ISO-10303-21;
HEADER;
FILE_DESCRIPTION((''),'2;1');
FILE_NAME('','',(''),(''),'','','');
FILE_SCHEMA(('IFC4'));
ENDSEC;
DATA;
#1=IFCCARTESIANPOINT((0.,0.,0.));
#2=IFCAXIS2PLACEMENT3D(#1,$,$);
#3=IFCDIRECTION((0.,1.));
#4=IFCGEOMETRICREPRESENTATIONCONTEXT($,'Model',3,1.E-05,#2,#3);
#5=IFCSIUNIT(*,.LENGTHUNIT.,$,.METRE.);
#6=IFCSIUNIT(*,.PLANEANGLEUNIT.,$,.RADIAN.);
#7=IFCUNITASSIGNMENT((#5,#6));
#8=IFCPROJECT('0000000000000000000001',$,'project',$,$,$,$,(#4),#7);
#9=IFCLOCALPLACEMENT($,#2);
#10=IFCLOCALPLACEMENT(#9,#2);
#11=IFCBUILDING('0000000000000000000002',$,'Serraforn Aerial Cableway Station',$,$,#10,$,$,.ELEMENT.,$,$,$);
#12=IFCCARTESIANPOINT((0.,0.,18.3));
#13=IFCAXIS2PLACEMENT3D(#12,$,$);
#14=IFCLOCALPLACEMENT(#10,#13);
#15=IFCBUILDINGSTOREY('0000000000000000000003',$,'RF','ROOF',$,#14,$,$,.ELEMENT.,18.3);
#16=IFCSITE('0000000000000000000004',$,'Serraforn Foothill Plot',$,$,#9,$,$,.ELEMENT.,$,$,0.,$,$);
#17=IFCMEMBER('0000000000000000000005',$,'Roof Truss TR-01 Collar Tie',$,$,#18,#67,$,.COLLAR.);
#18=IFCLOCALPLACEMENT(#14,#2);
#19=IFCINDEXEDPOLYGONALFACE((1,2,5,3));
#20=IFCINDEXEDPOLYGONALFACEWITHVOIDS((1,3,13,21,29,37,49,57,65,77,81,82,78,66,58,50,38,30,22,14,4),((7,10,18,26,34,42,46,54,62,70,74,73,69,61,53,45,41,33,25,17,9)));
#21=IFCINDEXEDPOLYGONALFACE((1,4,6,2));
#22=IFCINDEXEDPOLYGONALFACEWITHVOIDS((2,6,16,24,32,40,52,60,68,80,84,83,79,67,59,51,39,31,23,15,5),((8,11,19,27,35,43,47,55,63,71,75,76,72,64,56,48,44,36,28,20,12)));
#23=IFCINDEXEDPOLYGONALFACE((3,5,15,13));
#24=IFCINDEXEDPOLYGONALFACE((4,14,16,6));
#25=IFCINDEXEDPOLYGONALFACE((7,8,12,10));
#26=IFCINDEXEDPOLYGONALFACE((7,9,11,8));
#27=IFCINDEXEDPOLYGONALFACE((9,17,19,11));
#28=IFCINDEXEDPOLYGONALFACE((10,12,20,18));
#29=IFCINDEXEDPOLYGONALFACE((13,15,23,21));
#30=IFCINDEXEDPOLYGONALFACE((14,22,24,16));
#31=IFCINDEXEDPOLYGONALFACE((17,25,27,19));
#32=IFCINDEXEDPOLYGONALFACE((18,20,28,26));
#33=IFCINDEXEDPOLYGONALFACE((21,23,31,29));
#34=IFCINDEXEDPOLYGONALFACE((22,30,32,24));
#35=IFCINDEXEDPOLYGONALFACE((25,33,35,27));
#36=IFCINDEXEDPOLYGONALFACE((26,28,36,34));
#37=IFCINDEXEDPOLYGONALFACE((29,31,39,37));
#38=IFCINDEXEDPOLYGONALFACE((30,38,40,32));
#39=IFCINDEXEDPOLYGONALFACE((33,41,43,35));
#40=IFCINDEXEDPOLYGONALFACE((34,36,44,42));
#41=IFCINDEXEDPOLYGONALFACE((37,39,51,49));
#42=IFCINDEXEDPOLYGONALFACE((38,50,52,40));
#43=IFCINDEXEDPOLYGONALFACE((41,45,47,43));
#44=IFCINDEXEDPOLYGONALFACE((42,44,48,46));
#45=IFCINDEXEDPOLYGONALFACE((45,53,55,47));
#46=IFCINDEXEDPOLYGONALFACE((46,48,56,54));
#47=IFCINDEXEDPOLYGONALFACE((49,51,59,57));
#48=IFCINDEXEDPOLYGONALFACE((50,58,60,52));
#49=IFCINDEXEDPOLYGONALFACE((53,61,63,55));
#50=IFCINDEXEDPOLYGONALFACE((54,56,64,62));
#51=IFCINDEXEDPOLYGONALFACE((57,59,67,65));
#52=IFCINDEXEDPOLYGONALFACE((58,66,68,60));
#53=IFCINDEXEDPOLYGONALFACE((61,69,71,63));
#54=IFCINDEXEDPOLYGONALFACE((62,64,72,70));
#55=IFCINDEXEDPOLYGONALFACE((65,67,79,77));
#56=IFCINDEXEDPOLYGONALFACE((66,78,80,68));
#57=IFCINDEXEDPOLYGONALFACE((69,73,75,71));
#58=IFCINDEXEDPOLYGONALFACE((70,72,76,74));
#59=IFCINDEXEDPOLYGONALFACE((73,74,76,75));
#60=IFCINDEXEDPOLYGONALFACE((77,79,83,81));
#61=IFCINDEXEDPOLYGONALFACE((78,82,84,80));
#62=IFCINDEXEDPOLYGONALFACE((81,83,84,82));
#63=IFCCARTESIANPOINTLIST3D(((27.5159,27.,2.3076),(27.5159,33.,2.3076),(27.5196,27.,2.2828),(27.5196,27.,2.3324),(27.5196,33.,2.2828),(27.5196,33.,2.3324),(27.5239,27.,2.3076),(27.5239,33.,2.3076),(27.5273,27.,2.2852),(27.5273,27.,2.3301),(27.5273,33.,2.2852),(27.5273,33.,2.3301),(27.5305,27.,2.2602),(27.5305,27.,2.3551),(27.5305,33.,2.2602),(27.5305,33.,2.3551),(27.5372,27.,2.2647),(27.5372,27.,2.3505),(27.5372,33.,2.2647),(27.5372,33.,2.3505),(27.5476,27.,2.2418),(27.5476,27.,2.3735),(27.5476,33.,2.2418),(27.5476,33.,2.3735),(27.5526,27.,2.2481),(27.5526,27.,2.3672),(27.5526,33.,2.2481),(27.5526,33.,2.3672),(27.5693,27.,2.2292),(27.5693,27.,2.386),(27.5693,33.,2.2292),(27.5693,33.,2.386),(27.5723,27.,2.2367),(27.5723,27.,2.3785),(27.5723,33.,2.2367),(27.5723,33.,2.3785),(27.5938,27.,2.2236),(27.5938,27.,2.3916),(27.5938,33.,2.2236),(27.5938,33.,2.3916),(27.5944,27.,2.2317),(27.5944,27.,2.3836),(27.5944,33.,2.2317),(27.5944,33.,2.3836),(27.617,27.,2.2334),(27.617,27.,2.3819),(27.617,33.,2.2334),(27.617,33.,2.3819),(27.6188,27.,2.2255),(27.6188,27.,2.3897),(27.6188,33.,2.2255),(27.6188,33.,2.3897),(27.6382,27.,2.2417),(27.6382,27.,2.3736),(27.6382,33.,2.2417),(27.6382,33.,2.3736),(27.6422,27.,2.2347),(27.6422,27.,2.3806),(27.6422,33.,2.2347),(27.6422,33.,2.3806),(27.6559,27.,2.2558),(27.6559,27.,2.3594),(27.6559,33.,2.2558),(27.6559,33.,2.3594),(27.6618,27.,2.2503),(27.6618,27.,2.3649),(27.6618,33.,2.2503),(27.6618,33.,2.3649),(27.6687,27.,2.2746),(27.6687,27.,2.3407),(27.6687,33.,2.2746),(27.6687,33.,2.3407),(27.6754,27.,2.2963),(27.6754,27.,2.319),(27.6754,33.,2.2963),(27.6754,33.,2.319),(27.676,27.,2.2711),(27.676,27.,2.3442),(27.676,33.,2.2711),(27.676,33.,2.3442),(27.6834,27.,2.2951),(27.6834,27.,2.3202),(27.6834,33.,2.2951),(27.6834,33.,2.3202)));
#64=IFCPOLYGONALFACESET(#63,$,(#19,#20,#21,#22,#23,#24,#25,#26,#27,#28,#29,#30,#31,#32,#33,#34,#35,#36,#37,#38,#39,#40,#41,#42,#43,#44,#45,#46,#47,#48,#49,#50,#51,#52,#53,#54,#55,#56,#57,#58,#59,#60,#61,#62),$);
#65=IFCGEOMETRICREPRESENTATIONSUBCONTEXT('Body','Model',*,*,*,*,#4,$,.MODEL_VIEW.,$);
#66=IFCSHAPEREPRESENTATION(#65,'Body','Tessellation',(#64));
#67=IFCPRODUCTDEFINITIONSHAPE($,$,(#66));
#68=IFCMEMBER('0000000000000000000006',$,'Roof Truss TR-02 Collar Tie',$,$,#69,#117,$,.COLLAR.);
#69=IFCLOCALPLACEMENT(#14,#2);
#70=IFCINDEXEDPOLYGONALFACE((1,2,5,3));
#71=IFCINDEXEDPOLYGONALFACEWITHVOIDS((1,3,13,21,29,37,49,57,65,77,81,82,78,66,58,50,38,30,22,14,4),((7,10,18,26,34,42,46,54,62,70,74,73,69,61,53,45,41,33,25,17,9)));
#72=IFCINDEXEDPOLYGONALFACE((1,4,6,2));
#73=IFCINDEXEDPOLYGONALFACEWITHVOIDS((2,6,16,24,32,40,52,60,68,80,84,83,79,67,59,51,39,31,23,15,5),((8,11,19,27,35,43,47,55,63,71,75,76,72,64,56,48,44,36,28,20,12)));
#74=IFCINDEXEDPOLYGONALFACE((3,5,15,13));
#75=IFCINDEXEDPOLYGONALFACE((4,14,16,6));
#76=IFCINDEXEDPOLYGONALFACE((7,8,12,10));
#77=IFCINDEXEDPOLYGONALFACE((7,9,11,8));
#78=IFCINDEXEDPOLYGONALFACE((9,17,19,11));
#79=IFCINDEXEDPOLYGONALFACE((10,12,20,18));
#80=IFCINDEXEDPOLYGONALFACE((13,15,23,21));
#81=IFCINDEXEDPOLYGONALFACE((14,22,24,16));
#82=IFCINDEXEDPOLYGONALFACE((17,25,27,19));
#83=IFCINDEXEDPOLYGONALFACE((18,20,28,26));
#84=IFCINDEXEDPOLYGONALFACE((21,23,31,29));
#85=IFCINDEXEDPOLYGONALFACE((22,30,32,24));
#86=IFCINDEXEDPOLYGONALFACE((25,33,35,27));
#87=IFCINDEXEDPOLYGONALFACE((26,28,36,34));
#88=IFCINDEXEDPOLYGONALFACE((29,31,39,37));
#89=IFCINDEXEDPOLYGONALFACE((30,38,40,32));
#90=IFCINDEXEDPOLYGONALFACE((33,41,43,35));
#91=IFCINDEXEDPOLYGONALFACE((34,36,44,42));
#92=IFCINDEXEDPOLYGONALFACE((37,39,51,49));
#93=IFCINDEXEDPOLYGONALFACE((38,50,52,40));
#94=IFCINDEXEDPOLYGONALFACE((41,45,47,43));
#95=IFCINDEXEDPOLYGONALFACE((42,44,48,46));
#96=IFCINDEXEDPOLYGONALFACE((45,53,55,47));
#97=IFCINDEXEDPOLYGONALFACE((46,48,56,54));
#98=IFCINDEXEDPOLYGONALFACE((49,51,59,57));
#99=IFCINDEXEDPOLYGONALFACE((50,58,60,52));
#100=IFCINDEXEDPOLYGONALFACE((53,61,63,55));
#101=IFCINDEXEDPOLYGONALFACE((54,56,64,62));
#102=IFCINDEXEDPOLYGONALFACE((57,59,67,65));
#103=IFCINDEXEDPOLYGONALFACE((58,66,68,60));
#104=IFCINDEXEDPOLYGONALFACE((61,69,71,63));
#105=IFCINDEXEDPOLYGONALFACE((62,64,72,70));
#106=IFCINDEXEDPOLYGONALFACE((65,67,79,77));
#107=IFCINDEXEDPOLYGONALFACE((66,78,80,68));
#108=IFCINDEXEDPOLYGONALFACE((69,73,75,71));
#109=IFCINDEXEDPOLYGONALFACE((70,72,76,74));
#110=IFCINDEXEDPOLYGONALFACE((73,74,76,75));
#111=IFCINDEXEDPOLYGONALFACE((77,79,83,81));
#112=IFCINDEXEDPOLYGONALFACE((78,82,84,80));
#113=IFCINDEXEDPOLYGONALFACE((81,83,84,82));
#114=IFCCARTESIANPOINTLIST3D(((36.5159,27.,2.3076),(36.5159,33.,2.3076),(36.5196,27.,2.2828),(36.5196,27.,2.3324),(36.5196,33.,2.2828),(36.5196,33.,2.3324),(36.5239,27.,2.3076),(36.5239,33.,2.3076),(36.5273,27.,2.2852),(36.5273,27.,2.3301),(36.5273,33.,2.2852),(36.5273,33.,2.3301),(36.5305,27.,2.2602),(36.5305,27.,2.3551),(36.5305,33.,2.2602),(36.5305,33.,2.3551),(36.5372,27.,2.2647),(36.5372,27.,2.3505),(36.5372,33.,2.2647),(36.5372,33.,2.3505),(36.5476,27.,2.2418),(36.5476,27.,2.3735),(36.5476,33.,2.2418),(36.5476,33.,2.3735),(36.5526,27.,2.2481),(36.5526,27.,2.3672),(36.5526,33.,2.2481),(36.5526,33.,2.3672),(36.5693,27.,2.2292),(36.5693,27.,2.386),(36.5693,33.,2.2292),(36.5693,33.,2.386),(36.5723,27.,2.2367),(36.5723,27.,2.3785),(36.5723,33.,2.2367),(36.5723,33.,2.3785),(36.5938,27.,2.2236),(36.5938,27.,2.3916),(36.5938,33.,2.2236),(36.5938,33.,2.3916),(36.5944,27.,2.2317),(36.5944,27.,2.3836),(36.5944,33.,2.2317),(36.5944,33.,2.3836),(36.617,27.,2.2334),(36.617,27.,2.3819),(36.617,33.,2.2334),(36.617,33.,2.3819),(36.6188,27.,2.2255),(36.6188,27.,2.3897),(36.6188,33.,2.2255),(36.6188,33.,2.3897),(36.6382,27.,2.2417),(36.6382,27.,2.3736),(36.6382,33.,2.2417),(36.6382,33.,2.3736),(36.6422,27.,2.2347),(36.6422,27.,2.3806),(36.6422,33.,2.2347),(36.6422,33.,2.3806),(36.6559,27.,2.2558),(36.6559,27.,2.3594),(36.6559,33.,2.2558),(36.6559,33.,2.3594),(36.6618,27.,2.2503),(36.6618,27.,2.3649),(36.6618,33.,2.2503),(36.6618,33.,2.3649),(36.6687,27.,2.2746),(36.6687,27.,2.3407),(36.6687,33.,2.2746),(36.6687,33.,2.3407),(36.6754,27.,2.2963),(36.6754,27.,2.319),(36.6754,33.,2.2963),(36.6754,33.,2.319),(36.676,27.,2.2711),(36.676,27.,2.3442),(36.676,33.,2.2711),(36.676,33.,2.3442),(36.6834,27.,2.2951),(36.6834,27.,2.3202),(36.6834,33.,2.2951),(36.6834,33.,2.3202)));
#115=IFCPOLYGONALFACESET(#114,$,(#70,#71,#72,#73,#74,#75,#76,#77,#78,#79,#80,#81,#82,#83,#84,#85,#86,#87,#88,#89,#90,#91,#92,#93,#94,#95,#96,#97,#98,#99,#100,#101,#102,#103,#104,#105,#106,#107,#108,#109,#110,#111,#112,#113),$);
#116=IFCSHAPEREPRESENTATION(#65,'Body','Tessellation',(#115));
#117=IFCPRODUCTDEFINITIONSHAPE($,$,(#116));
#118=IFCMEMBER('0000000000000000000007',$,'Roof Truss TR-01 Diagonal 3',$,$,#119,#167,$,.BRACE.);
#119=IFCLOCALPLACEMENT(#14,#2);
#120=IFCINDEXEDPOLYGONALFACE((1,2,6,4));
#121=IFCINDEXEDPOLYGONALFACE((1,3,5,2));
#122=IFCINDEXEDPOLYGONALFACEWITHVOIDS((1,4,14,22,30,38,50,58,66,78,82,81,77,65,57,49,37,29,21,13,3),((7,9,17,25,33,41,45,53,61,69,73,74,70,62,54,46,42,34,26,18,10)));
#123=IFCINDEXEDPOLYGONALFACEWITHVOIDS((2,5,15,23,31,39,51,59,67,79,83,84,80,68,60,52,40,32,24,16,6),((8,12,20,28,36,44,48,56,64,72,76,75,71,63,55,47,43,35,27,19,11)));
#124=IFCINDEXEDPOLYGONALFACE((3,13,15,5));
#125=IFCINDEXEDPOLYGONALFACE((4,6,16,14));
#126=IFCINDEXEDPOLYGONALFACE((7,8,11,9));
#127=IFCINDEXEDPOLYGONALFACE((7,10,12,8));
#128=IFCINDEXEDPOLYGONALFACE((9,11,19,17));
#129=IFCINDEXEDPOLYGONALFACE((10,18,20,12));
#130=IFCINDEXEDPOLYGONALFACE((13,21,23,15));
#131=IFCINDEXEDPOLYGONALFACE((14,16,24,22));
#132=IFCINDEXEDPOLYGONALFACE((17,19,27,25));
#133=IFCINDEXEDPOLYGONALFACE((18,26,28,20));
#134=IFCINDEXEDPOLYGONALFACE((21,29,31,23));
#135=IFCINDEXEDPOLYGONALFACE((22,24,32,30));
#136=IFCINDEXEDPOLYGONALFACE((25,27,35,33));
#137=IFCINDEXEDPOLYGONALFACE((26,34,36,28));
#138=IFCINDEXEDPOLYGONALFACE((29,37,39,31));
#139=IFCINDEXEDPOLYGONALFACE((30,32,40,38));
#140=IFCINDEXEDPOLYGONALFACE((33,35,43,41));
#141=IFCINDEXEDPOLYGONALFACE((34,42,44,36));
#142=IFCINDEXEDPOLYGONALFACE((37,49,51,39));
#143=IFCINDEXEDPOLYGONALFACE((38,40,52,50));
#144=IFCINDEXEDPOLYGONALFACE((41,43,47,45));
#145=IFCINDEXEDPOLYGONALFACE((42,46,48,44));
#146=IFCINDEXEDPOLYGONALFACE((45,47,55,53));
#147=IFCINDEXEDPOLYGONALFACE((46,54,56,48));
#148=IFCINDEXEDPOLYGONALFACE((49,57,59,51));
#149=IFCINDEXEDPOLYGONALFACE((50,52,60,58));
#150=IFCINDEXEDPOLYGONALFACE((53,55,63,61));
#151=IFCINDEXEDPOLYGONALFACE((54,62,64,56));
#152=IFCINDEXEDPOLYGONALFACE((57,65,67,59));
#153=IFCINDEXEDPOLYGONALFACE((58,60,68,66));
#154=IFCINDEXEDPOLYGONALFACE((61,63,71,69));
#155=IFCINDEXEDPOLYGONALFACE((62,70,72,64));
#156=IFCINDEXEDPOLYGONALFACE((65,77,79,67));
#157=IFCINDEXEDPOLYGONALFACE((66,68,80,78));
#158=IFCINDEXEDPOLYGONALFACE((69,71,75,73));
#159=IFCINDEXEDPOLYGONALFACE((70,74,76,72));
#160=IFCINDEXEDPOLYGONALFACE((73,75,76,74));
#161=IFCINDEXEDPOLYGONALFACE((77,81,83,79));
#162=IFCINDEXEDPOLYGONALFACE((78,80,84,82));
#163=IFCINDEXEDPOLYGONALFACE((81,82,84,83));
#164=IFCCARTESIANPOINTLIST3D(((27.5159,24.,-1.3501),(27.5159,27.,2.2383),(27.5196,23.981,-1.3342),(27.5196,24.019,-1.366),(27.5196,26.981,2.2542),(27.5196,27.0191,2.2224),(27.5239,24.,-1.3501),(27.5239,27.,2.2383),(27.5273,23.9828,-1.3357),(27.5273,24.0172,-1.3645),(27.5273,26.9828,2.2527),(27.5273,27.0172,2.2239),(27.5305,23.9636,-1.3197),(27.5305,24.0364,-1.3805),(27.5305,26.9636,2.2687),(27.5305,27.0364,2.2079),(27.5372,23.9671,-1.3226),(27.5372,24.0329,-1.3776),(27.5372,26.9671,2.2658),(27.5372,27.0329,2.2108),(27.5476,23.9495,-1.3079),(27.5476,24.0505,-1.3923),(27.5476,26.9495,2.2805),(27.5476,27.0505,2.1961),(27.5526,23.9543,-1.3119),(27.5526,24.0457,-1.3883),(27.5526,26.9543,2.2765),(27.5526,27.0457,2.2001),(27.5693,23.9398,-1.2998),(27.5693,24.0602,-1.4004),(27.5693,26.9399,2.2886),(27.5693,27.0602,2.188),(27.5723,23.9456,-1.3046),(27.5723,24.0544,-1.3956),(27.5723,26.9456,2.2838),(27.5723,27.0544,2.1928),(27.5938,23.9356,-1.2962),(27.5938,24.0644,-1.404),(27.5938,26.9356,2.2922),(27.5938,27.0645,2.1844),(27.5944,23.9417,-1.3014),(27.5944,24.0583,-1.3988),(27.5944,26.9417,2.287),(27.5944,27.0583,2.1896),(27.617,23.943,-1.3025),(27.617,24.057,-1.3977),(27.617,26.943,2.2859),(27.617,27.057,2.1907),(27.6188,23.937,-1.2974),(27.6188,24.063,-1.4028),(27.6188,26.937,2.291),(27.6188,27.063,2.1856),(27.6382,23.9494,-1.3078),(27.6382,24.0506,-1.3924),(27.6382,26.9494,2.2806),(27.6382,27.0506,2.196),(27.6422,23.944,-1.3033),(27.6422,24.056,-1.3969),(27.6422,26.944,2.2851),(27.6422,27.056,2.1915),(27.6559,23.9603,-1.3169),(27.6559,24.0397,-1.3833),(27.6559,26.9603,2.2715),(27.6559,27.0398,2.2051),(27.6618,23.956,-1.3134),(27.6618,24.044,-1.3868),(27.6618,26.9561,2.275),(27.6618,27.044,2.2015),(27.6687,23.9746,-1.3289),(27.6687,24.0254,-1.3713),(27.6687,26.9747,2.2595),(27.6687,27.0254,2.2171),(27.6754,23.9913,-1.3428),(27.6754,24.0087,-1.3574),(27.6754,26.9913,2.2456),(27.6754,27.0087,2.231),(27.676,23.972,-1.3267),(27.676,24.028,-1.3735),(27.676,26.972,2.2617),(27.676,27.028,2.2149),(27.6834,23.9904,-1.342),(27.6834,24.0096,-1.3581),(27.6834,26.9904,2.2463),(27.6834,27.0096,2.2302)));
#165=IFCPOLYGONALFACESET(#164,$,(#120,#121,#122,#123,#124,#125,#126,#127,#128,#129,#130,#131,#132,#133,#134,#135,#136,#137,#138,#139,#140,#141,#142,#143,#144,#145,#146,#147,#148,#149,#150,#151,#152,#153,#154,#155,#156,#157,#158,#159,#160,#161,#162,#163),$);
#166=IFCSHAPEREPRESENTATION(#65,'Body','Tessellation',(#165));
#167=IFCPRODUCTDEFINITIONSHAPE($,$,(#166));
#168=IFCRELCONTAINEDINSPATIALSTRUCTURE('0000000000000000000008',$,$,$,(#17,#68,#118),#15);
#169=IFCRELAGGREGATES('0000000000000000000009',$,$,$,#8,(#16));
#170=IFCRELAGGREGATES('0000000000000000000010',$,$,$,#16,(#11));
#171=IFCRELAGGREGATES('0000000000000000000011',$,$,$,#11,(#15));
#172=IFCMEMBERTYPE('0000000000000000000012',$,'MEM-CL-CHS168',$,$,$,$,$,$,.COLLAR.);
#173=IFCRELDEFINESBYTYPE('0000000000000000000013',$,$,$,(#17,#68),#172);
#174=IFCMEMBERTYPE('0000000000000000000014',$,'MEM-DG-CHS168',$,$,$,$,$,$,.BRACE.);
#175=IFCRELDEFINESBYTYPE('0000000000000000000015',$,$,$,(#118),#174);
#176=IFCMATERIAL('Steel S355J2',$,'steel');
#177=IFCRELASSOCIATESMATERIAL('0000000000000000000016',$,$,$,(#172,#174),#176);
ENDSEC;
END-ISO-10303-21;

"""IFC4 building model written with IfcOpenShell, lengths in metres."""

from ifc_helpers import new_model, si_unit, direction, frame, origin, origin_2d, place, context, subcontext, project, spatial, hollow_circle, extrude, material, material_profile, profile_set, type_object, element, save


model = new_model("IFC4")

# Units and contexts
model_context = context("Model", 3, precision=1e-05, world=origin(), true_north=direction((0.0, 1.0)))
body_context = subcontext(model_context, "Body", "Model", "MODEL_VIEW")
ifc_project = project(units=[si_unit("LENGTHUNIT", "METRE"), si_unit("PLANEANGLEUNIT", "RADIAN")], contexts=[model_context])

# Site, building, storey
site_placement = place(None, origin())
site = spatial("IfcSite", under=ifc_project, at=site_placement, Name="Serraforn Foothill Plot", CompositionType="ELEMENT", RefElevation=0.0)
building_placement = place(site_placement, origin())
building = spatial("IfcBuilding", under=site, at=building_placement, Name="Serraforn Aerial Cableway Station", CompositionType="ELEMENT")
storey_placement = place(building_placement, frame((0.0, 0.0, 18.3)))
storey = spatial("IfcBuildingStorey", under=building, at=storey_placement, Name="RF", Description="ROOF", CompositionType="ELEMENT", Elevation=18.3)

# Members
ifc_material_1 = material(Name="Steel S355J2", Category="steel")
ifc_material_profile_1 = material_profile(ifc_material_1, hollow_circle(Radius=0.0842, WallThickness=0.0081, at=origin_2d()), Name="CHS 168.3x8.0")
ifc_profile_set_1 = profile_set([ifc_material_profile_1], Name="Steel S355J2")
member_type_1 = type_object("IfcMemberType", Name="MEM-CL-CHS168", PredefinedType="COLLAR", material=ifc_profile_set_1)
for number, where, z_axis, x_axis, name in (
    (1, (27.6001, 27.0, 2.3076), (0.0, 1.0, 0.0), (-1.0, 0.0, 0.0), "Roof Truss TR-01 Collar Tie"),
    (2, (36.6001, 27.0, 2.3076), (0.0, 1.0, 0.0), (-1.0, 0.0, 0.0), "Roof Truss TR-02 Collar Tie"),
):
    element("IfcMember", number, at=place(storey_placement, frame(where, z_axis=z_axis, x_axis=x_axis)), inside=storey, type_object=member_type_1, Name=name, PredefinedType="COLLAR", context=body_context, shape_type="SweptSolid", body=[
        extrude(hollow_circle(Radius=0.0842, WallThickness=0.0081, at=origin_2d()), origin(), (0.0, 0.0, 1.0), 6.0),
    ])
ifc_material_profile_2 = material_profile(ifc_material_1, hollow_circle(Radius=0.0842, WallThickness=0.0081, at=origin_2d()), Name="CHS 168.3x8.0")
ifc_profile_set_2 = profile_set([ifc_material_profile_2], Name="Steel S355J2")
member_type_2 = type_object("IfcMemberType", Name="MEM-DG-CHS168", PredefinedType="BRACE", material=ifc_profile_set_2)
member_1_placement = place(storey_placement, frame((27.6001, 24.0, -1.3501), z_axis=(0.0, 0.641406, 0.767202), x_axis=(-1.0, 0.0, 0.0)))
element("IfcMember", 3, at=member_1_placement, inside=storey, type_object=member_type_2, Name="Roof Truss TR-01 Diagonal 3", PredefinedType="BRACE", context=body_context, shape_type="SweptSolid", body=[
    extrude(hollow_circle(Radius=0.0842, WallThickness=0.0081, at=origin_2d()), origin(), (0.0, 0.0, 1.0), 4.6772),
])

save(model, "model.ifc")
